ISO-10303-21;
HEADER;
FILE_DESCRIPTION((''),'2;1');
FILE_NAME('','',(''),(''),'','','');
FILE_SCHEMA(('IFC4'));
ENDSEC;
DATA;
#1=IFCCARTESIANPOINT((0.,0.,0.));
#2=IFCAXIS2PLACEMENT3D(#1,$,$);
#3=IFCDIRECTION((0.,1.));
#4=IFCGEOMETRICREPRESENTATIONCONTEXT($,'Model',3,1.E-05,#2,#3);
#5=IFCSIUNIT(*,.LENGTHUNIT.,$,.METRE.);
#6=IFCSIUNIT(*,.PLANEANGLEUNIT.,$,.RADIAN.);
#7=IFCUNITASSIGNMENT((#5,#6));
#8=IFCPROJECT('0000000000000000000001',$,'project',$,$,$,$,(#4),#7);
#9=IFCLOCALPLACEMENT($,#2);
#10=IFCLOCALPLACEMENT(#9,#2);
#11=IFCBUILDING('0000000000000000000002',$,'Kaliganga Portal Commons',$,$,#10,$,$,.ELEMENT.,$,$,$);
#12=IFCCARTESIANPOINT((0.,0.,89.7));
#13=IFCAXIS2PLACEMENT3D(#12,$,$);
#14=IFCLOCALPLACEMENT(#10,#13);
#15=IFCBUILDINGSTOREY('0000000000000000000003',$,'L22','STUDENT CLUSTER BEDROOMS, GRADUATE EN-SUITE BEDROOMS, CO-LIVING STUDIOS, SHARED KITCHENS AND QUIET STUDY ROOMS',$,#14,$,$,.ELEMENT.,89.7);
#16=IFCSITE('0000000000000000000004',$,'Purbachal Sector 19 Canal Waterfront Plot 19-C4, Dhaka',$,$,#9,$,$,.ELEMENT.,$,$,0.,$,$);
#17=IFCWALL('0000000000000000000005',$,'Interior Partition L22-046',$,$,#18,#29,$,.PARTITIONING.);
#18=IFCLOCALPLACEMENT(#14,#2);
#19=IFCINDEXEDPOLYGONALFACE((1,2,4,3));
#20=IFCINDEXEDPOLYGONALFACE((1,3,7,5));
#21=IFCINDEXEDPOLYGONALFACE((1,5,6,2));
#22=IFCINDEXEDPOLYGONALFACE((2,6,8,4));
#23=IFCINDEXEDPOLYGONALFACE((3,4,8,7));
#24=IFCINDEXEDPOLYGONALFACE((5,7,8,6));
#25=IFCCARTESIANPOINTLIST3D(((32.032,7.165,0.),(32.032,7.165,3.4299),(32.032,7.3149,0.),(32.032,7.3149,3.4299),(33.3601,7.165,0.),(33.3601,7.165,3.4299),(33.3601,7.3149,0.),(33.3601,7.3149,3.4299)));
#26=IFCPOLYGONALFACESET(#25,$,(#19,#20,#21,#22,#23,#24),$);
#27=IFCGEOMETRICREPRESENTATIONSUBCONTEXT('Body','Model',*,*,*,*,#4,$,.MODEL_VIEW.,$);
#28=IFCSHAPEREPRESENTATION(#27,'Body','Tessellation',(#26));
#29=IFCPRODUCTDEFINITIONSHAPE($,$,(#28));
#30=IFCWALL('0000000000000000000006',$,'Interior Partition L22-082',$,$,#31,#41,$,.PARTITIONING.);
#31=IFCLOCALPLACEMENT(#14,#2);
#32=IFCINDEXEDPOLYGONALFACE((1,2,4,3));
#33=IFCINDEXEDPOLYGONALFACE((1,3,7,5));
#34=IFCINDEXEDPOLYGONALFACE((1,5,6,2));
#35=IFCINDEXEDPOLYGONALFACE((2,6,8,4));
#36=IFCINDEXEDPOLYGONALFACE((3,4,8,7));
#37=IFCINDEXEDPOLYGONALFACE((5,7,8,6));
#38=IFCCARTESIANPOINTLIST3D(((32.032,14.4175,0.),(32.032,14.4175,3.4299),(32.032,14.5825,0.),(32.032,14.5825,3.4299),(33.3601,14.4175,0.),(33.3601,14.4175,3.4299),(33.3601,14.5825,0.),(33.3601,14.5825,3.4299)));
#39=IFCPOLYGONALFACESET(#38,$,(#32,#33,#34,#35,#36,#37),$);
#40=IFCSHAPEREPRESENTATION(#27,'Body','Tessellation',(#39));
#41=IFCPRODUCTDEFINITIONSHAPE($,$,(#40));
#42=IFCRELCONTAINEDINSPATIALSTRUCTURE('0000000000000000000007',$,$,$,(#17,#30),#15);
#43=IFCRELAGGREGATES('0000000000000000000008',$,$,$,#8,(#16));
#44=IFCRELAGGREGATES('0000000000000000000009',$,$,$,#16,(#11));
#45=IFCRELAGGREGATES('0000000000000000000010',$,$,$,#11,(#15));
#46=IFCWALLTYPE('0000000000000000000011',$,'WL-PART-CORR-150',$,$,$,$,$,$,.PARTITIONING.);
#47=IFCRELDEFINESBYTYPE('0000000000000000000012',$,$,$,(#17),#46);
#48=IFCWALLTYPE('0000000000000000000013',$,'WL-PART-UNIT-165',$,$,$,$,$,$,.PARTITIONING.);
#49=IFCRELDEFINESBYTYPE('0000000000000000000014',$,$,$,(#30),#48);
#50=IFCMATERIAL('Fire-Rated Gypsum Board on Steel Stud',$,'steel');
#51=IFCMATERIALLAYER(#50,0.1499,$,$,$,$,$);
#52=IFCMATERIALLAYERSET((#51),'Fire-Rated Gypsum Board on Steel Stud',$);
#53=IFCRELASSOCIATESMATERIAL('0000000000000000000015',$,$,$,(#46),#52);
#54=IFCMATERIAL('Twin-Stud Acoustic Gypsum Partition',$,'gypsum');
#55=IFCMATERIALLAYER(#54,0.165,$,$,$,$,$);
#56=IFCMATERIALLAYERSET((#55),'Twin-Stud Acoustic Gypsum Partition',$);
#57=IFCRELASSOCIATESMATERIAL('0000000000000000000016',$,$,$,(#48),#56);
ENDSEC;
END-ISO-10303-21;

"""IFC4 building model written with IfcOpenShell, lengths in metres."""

from ifc_helpers import new_model, si_unit, direction, frame, frame_2d, origin, place, context, subcontext, project, spatial, rectangle, extrude, material, layer, layer_set, type_object, element, save


model = new_model("IFC4")

# Units and contexts
model_context = context("Model", 3, precision=1e-05, world=origin(), true_north=direction((0.0, 1.0)))
body_context = subcontext(model_context, "Body", "Model", "MODEL_VIEW")
ifc_project = project(units=[si_unit("LENGTHUNIT", "METRE"), si_unit("PLANEANGLEUNIT", "RADIAN")], contexts=[model_context])

# Site, building, storey
site_placement = place(None, origin())
site = spatial("IfcSite", under=ifc_project, at=site_placement, Name="Purbachal Sector 19 Canal Waterfront Plot 19-C4, Dhaka", CompositionType="ELEMENT", RefElevation=0.0)
building_placement = place(site_placement, origin())
building = spatial("IfcBuilding", under=site, at=building_placement, Name="Kaliganga Portal Commons", CompositionType="ELEMENT")
storey_placement = place(building_placement, frame((0.0, 0.0, 89.7)))
storey = spatial("IfcBuildingStorey", under=building, at=storey_placement, Name="L22", Description="STUDENT CLUSTER BEDROOMS, GRADUATE EN-SUITE BEDROOMS, CO-LIVING STUDIOS, SHARED KITCHENS AND QUIET STUDY ROOMS", CompositionType="ELEMENT", Elevation=89.7)

# Shared definitions
ifc_material_1 = material(Name="Fire-Rated Gypsum Board on Steel Stud", Category="steel")
ifc_layer_1 = layer(ifc_material_1, 0.1499)
ifc_layer_set_1 = layer_set([ifc_layer_1], Name="Fire-Rated Gypsum Board on Steel Stud")
wall_type_1 = type_object("IfcWallType", Name="WL-PART-CORR-150", PredefinedType="PARTITIONING", material=ifc_layer_set_1)

# Walls
wall_1_placement = place(storey_placement, frame((32.032, 7.24, 0.0), z_axis=(0.0, 0.0, 1.0), x_axis=(1.0, 0.0, 0.0)))
element("IfcWall", 1, at=wall_1_placement, inside=storey, type_object=wall_type_1, Name="Interior Partition L22-046", PredefinedType="PARTITIONING", context=body_context, shape_type="SweptSolid", body=[
    extrude(rectangle(XDim=1.3281, YDim=0.1499, at=frame_2d((0.6641, 0.0))), origin(), (0.0, 0.0, 1.0), 3.4299),
])
ifc_material_2 = material(Name="Twin-Stud Acoustic Gypsum Partition", Category="gypsum")
ifc_layer_2 = layer(ifc_material_2, 0.165)
ifc_layer_set_2 = layer_set([ifc_layer_2], Name="Twin-Stud Acoustic Gypsum Partition")
wall_type_2 = type_object("IfcWallType", Name="WL-PART-UNIT-165", PredefinedType="PARTITIONING", material=ifc_layer_set_2)
wall_2_placement = place(storey_placement, frame((32.032, 14.5, 0.0), z_axis=(0.0, 0.0, 1.0), x_axis=(1.0, 0.0, 0.0)))
element("IfcWall", 2, at=wall_2_placement, inside=storey, type_object=wall_type_2, Name="Interior Partition L22-082", PredefinedType="PARTITIONING", context=body_context, shape_type="SweptSolid", body=[
    extrude(rectangle(XDim=1.3281, YDim=0.165, at=frame_2d((0.6641, 0.0))), origin(), (0.0, 0.0, 1.0), 3.4299),
])

save(model, "model.ifc")
